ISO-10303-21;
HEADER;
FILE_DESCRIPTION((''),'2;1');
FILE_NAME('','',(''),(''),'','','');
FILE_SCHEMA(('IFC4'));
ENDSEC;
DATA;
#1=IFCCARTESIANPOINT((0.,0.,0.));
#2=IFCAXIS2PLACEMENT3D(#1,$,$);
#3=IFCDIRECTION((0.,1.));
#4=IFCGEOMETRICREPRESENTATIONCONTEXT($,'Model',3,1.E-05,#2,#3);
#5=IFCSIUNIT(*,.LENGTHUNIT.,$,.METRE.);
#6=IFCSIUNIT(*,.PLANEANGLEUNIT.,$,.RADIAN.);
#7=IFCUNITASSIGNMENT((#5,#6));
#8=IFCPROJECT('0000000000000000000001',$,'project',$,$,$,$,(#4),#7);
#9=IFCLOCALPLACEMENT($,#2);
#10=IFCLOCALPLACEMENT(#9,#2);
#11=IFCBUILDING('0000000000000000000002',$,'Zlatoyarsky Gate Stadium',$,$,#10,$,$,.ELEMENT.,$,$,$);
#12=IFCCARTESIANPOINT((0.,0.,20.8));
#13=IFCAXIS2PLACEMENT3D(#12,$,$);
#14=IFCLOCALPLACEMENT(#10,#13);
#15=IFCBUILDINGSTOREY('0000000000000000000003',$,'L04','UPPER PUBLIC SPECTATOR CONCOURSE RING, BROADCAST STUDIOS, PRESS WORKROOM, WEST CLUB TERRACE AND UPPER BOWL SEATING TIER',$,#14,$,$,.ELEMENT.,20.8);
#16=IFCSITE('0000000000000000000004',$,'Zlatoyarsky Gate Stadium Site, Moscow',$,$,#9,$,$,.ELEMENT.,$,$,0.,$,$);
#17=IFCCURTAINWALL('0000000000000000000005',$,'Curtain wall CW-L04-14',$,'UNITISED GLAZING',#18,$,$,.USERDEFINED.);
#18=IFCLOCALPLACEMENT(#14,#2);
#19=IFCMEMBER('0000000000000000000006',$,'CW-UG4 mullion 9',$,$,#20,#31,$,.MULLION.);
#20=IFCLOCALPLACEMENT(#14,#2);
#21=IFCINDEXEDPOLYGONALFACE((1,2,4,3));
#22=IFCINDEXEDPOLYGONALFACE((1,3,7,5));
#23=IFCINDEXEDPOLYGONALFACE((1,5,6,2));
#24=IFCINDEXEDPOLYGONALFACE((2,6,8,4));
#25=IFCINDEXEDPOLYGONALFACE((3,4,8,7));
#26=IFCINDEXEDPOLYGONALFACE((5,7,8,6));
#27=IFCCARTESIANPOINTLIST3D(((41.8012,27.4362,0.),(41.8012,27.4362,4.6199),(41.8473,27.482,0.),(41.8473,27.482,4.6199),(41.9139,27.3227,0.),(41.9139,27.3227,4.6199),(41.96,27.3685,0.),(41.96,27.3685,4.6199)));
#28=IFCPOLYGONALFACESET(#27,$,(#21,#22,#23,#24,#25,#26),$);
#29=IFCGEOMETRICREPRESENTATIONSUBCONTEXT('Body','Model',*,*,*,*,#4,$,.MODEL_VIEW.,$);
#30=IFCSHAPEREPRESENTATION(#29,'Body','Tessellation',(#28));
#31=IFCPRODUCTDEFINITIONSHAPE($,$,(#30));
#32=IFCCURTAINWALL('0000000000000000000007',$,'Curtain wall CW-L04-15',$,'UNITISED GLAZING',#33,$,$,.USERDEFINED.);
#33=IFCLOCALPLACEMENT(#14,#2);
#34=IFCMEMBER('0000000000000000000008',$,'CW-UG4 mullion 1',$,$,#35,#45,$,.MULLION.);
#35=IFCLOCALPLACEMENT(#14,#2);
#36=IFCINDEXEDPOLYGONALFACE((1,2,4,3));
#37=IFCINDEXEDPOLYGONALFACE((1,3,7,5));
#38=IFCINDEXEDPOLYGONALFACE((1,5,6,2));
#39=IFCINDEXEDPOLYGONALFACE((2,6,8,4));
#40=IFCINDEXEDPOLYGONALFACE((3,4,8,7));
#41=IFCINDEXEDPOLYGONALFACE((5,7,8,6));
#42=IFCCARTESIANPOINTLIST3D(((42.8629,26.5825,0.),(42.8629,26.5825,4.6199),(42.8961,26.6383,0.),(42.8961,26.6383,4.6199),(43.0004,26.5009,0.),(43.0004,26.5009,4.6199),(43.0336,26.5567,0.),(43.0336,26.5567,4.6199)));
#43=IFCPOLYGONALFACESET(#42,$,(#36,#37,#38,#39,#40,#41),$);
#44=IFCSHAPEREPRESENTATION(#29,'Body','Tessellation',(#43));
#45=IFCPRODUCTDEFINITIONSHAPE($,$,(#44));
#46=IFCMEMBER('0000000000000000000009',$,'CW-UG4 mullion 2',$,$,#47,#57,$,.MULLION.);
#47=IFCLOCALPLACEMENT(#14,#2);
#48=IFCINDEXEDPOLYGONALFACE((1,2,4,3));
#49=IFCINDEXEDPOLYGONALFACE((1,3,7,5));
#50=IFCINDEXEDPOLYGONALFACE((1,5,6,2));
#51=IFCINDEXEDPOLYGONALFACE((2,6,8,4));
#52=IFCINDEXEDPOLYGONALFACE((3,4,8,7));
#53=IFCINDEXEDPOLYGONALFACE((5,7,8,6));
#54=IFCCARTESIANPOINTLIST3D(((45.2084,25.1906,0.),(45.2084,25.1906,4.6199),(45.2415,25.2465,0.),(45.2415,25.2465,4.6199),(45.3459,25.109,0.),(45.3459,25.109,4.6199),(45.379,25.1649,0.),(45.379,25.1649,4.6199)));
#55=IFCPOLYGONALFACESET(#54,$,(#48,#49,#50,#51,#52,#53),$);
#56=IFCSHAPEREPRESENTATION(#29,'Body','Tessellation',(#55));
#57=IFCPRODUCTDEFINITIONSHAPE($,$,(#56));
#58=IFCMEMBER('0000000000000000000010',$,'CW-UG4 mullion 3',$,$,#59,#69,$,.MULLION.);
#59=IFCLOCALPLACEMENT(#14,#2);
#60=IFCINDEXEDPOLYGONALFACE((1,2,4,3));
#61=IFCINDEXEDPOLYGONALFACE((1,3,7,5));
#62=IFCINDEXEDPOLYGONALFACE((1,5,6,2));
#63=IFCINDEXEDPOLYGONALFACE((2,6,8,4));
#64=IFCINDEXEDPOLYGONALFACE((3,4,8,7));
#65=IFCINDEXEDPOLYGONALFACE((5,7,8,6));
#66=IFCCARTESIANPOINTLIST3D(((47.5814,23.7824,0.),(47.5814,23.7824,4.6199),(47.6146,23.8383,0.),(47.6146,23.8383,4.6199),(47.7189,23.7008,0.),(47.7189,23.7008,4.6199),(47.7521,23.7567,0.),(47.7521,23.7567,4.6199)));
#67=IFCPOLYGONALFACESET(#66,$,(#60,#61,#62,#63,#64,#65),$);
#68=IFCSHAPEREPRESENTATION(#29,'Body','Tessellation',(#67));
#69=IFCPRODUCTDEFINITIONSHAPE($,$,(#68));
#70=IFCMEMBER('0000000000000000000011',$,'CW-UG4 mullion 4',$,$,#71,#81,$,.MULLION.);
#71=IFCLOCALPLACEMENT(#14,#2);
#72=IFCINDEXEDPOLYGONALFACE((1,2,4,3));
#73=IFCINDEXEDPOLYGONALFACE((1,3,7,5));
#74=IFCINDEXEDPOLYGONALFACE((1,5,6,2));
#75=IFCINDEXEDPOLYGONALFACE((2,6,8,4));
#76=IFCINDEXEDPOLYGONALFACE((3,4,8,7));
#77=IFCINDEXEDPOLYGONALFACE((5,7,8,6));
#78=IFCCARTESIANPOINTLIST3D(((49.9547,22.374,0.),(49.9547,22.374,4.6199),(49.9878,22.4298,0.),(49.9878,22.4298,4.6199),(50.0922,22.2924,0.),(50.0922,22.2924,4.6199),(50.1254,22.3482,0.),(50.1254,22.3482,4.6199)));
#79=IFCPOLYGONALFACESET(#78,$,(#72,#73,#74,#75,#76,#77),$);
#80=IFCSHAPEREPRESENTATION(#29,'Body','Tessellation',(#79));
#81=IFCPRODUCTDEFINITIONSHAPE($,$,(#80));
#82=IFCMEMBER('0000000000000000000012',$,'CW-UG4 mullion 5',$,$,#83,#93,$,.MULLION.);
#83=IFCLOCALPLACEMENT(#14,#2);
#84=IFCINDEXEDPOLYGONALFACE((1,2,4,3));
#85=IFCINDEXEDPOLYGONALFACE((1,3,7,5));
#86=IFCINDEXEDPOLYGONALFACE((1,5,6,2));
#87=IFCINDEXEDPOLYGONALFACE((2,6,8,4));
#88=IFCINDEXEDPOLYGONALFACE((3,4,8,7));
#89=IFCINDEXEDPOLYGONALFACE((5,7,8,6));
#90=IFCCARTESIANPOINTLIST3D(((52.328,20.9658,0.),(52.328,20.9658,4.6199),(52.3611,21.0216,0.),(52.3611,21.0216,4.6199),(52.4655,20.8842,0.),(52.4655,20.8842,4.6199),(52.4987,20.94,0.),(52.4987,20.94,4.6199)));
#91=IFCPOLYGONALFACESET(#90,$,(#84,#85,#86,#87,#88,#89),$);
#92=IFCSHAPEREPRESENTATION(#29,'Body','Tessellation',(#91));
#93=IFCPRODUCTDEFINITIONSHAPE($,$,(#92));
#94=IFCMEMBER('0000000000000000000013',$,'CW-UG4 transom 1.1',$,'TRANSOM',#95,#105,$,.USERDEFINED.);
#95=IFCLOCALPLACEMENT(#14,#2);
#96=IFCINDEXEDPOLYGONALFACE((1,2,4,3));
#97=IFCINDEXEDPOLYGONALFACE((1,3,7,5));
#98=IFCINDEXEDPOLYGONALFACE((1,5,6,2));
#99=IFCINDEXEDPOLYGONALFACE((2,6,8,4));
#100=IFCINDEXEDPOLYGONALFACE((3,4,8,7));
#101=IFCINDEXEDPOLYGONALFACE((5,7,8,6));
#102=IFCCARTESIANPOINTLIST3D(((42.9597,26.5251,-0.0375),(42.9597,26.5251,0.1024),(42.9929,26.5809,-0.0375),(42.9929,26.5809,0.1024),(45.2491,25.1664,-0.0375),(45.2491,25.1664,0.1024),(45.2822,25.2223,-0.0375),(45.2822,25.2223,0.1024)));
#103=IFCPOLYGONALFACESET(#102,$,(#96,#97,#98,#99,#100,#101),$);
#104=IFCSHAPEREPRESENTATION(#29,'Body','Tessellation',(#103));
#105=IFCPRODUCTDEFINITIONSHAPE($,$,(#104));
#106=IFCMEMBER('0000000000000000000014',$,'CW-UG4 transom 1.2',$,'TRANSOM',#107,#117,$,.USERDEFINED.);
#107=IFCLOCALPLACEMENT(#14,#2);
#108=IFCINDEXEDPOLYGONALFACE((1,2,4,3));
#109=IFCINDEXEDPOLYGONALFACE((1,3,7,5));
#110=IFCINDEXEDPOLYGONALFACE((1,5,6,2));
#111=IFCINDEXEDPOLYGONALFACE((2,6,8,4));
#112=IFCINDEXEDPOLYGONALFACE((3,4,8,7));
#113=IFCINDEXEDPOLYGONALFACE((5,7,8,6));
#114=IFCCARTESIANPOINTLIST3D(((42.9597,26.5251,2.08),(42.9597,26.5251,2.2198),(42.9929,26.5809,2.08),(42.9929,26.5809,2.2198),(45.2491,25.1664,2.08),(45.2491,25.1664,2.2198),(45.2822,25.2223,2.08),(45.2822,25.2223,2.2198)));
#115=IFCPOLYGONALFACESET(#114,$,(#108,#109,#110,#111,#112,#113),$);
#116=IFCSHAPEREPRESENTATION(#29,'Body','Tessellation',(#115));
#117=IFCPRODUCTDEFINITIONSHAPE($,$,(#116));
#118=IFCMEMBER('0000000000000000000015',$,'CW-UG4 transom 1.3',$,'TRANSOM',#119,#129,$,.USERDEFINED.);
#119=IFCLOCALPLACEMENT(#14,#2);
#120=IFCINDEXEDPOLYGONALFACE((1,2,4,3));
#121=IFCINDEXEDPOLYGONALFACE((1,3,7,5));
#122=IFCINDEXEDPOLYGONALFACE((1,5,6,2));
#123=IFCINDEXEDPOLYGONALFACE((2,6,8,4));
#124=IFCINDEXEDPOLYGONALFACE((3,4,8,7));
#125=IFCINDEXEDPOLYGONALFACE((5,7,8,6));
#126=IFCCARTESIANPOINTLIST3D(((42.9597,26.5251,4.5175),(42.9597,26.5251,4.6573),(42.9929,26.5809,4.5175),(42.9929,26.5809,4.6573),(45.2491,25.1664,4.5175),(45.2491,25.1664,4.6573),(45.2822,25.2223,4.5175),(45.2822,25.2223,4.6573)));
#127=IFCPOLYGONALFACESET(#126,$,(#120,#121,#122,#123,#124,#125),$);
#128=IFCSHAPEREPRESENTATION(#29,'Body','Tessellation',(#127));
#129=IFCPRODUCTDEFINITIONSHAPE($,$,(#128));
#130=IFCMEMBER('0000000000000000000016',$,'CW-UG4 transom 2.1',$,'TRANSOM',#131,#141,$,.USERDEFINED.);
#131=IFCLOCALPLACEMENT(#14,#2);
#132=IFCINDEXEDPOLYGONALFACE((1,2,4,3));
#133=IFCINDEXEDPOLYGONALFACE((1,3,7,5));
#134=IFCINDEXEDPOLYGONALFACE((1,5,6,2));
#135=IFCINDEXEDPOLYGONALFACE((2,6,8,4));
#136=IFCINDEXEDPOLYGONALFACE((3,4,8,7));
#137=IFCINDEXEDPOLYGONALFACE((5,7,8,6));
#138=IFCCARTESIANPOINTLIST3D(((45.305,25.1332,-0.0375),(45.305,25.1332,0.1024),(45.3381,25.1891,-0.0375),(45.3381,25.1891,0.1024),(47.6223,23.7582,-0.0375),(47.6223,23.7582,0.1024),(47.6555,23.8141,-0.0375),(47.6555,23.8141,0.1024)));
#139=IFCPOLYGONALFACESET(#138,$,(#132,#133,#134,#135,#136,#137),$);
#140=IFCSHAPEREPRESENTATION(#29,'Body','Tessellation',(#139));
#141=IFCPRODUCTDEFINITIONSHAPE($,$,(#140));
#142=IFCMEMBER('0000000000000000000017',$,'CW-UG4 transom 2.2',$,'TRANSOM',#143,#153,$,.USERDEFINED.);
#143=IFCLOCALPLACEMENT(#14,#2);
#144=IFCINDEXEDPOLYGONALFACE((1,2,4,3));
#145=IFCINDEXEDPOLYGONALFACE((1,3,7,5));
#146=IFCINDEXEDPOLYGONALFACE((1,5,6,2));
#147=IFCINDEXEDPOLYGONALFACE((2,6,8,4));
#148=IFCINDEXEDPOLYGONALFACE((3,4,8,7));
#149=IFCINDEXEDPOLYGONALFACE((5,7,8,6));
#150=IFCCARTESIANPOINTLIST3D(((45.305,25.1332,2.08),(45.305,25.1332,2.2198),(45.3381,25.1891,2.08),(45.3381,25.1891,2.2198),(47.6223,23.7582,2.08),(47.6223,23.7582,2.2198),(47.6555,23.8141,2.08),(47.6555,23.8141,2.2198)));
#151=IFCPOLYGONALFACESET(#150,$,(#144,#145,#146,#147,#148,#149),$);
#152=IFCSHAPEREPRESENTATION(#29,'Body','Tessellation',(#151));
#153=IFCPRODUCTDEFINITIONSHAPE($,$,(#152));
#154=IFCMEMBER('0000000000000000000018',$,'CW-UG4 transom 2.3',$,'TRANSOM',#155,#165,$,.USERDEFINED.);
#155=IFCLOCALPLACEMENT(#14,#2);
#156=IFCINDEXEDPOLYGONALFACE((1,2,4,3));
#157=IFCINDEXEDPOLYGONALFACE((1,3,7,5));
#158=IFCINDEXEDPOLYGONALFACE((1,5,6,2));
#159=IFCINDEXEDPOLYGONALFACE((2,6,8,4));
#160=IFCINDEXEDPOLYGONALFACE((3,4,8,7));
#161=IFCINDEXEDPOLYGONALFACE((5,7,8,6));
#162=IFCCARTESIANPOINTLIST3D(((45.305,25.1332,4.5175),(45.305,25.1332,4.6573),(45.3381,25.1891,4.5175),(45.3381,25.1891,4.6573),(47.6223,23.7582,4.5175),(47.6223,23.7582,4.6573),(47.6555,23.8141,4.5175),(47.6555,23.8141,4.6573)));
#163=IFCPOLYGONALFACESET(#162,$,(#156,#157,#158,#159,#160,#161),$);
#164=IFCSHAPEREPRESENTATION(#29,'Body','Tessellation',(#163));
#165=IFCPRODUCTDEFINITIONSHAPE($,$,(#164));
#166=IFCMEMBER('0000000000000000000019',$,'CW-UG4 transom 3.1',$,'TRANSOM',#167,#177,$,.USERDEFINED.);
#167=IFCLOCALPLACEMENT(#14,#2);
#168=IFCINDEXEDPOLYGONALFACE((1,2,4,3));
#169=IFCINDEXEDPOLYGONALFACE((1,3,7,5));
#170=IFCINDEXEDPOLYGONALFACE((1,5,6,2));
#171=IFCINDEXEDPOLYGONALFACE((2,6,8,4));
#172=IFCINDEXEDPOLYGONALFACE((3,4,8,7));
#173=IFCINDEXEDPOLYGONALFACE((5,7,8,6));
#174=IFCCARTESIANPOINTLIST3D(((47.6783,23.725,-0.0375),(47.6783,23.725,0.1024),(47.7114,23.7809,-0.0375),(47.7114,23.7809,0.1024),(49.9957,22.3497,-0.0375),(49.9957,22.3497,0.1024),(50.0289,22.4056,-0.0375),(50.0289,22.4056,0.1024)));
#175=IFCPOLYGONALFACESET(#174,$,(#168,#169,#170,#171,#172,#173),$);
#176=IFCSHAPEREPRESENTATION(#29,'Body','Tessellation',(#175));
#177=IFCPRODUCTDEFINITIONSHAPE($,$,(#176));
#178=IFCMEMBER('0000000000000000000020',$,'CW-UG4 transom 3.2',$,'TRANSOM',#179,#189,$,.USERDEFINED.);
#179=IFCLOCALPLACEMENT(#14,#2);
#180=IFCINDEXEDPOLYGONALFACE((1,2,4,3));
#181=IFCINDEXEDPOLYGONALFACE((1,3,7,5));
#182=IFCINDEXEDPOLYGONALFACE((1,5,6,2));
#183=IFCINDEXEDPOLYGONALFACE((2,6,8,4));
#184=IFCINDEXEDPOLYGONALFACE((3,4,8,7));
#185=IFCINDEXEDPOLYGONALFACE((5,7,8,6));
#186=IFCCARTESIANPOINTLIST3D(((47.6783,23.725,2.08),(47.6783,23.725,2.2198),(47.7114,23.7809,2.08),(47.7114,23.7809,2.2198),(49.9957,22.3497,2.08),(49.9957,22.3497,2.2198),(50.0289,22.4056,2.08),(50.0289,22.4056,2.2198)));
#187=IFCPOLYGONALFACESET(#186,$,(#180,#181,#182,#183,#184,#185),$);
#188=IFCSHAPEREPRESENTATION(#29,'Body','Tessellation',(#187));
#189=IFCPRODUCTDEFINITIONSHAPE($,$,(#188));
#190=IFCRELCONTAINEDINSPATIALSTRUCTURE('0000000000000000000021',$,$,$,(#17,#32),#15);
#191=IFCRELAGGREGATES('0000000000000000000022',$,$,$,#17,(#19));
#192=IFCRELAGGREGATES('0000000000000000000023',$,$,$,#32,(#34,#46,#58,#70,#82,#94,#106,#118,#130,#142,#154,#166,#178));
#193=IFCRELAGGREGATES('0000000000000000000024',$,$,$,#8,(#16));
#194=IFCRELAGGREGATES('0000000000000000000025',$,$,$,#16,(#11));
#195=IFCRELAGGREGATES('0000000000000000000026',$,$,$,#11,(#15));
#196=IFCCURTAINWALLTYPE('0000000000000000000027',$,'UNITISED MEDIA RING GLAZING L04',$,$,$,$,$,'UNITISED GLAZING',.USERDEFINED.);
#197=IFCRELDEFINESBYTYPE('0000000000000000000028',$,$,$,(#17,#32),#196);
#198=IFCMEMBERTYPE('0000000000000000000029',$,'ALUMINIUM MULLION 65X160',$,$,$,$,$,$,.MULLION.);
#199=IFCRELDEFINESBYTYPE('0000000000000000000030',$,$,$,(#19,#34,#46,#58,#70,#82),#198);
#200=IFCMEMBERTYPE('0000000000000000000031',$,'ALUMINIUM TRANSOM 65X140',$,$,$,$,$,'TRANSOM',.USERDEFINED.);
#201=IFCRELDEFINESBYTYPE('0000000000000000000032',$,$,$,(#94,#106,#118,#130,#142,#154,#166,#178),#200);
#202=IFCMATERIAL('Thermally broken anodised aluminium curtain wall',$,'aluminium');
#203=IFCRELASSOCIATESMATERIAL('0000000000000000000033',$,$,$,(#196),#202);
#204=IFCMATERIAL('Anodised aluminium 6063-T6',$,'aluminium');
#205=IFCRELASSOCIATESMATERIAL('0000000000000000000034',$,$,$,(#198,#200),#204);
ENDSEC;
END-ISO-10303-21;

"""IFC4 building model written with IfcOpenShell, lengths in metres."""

from ifc_helpers import new_model, si_unit, direction, frame, origin, origin_2d, place, context, subcontext, project, spatial, rectangle, extrude, material, material_profile, profile_set, type_object, element, aggregate, save


model = new_model("IFC4")

# Units and contexts
model_context = context("Model", 3, precision=1e-05, world=origin(), true_north=direction((0.0, 1.0)))
body_context = subcontext(model_context, "Body", "Model", "MODEL_VIEW")
ifc_project = project(units=[si_unit("LENGTHUNIT", "METRE"), si_unit("PLANEANGLEUNIT", "RADIAN")], contexts=[model_context])

# Site, building, storey
site_placement = place(None, origin())
site = spatial("IfcSite", under=ifc_project, at=site_placement, Name="Zlatoyarsky Gate Stadium Site, Moscow", CompositionType="ELEMENT", RefElevation=0.0)
building_placement = place(site_placement, origin())
building = spatial("IfcBuilding", under=site, at=building_placement, Name="Zlatoyarsky Gate Stadium", CompositionType="ELEMENT")
storey_placement = place(building_placement, frame((0.0, 0.0, 20.8)))
storey = spatial("IfcBuildingStorey", under=building, at=storey_placement, Name="L04", Description="UPPER PUBLIC SPECTATOR CONCOURSE RING, BROADCAST STUDIOS, PRESS WORKROOM, WEST CLUB TERRACE AND UPPER BOWL SEATING TIER", CompositionType="ELEMENT", Elevation=20.8)

# Curtain wall, member
ifc_material_1 = material(Name="Thermally broken anodised aluminium curtain wall", Category="aluminium")
curtain_wall_type = type_object("IfcCurtainWallType", Name="UNITISED MEDIA RING GLAZING L04", ElementType="UNITISED GLAZING", PredefinedType="USERDEFINED", material=ifc_material_1)
curtain_wall_1_placement = place(storey_placement, origin())
curtain_wall_1 = element("IfcCurtainWall", 1, at=curtain_wall_1_placement, inside=storey, type_object=curtain_wall_type, Name="Curtain wall CW-L04-14", ObjectType="UNITISED GLAZING", PredefinedType="USERDEFINED")
ifc_material_2 = material(Name="Anodised aluminium 6063-T6", Category="aluminium")
ifc_material_profile_1 = material_profile(ifc_material_2, rectangle(XDim=0.0649, YDim=0.1599, at=origin_2d()), Name="ALU 65X160")
ifc_profile_set_1 = profile_set([ifc_material_profile_1], Name="Anodised aluminium 6063-T6")
member_type_1 = type_object("IfcMemberType", Name="ALUMINIUM MULLION 65X160", PredefinedType="MULLION", material=ifc_profile_set_1)
member_1_placement = place(storey_placement, frame((41.8806, 27.4023, 0.0), z_axis=(0.0, 0.0, 1.0), x_axis=(0.709871, 0.704332, 0.0)))
member_1 = element("IfcMember", 2, at=member_1_placement, type_object=member_type_1, Name="CW-UG4 mullion 9", PredefinedType="MULLION", context=body_context, shape_type="SweptSolid", body=[
    extrude(rectangle(XDim=0.0649, YDim=0.1599, at=origin_2d()), origin(), (0.0, 0.0, 1.0), 4.6199),
])
aggregate(curtain_wall_1, [member_1])

# Curtain wall, members
curtain_wall_2_placement = place(storey_placement, origin())
curtain_wall_2 = element("IfcCurtainWall", 3, at=curtain_wall_2_placement, inside=storey, type_object=curtain_wall_type, Name="Curtain wall CW-L04-15", ObjectType="UNITISED GLAZING", PredefinedType="USERDEFINED")
member_2_placement = place(storey_placement, frame((42.9482, 26.5696, 0.0), z_axis=(0.0, 0.0, 1.0), x_axis=(0.51033, 0.859978, 0.0)))
member_2 = element("IfcMember", 4, at=member_2_placement, type_object=member_type_1, Name="CW-UG4 mullion 1", PredefinedType="MULLION", context=body_context, shape_type="SweptSolid", body=[
    extrude(rectangle(XDim=0.0649, YDim=0.1599, at=origin_2d()), origin(), (0.0, 0.0, 1.0), 4.6199),
])
member_3_placement = place(storey_placement, frame((45.2937, 25.1777, 0.0), z_axis=(0.0, 0.0, 1.0), x_axis=(0.51033, 0.859978, 0.0)))
member_3 = element("IfcMember", 5, at=member_3_placement, type_object=member_type_1, Name="CW-UG4 mullion 2", PredefinedType="MULLION", context=body_context, shape_type="SweptSolid", body=[
    extrude(rectangle(XDim=0.0649, YDim=0.1599, at=origin_2d()), origin(), (0.0, 0.0, 1.0), 4.6199),
])
member_4_placement = place(storey_placement, frame((47.6667, 23.7695, 0.0), z_axis=(0.0, 0.0, 1.0), x_axis=(0.51033, 0.859978, 0.0)))
member_4 = element("IfcMember", 6, at=member_4_placement, type_object=member_type_1, Name="CW-UG4 mullion 3", PredefinedType="MULLION", context=body_context, shape_type="SweptSolid", body=[
    extrude(rectangle(XDim=0.0649, YDim=0.1599, at=origin_2d()), origin(), (0.0, 0.0, 1.0), 4.6199),
])
member_5_placement = place(storey_placement, frame((50.04, 22.3611, 0.0), z_axis=(0.0, 0.0, 1.0), x_axis=(0.51033, 0.859978, 0.0)))
member_5 = element("IfcMember", 7, at=member_5_placement, type_object=member_type_1, Name="CW-UG4 mullion 4", PredefinedType="MULLION", context=body_context, shape_type="SweptSolid", body=[
    extrude(rectangle(XDim=0.0649, YDim=0.1599, at=origin_2d()), origin(), (0.0, 0.0, 1.0), 4.6199),
])
member_6_placement = place(storey_placement, frame((52.4133, 20.9529, 0.0), z_axis=(0.0, 0.0, 1.0), x_axis=(0.51033, 0.859978, 0.0)))
member_6 = element("IfcMember", 8, at=member_6_placement, type_object=member_type_1, Name="CW-UG4 mullion 5", PredefinedType="MULLION", context=body_context, shape_type="SweptSolid", body=[
    extrude(rectangle(XDim=0.0649, YDim=0.1599, at=origin_2d()), origin(), (0.0, 0.0, 1.0), 4.6199),
])
ifc_material_profile_2 = material_profile(ifc_material_2, rectangle(XDim=0.0649, YDim=0.1399, at=origin_2d()), Name="ALU 65X140")
ifc_profile_set_2 = profile_set([ifc_material_profile_2], Name="Anodised aluminium 6063-T6")
member_type_2 = type_object("IfcMemberType", Name="ALUMINIUM TRANSOM 65X140", ElementType="TRANSOM", PredefinedType="USERDEFINED", material=ifc_profile_set_2)
member_7_placement = place(storey_placement, frame((42.9763, 26.553, 0.0325), z_axis=(0.859959, -0.510363, 0.0), x_axis=(0.510363, 0.859959, 0.0)))
member_7 = element("IfcMember", 9, at=member_7_placement, type_object=member_type_2, Name="CW-UG4 transom 1.1", ObjectType="TRANSOM", PredefinedType="USERDEFINED", context=body_context, shape_type="SweptSolid", body=[
    extrude(rectangle(XDim=0.0649, YDim=0.1399, at=origin_2d()), origin(), (0.0, 0.0, 1.0), 2.6621),
])
member_8_placement = place(storey_placement, frame((42.9763, 26.553, 2.1499), z_axis=(0.859959, -0.510363, 0.0), x_axis=(0.510363, 0.859959, 0.0)))
member_8 = element("IfcMember", 10, at=member_8_placement, type_object=member_type_2, Name="CW-UG4 transom 1.2", ObjectType="TRANSOM", PredefinedType="USERDEFINED", context=body_context, shape_type="SweptSolid", body=[
    extrude(rectangle(XDim=0.0649, YDim=0.1399, at=origin_2d()), origin(), (0.0, 0.0, 1.0), 2.6621),
])
member_9_placement = place(storey_placement, frame((42.9763, 26.553, 4.5874), z_axis=(0.859959, -0.510363, 0.0), x_axis=(0.510363, 0.859959, 0.0)))
member_9 = element("IfcMember", 11, at=member_9_placement, type_object=member_type_2, Name="CW-UG4 transom 1.3", ObjectType="TRANSOM", PredefinedType="USERDEFINED", context=body_context, shape_type="SweptSolid", body=[
    extrude(rectangle(XDim=0.0649, YDim=0.1399, at=origin_2d()), origin(), (0.0, 0.0, 1.0), 2.6621),
])
member_10_placement = place(storey_placement, frame((45.3215, 25.1611, 0.0325), z_axis=(0.860009, -0.510279, 0.0), x_axis=(0.510279, 0.860009, 0.0)))
member_10 = element("IfcMember", 12, at=member_10_placement, type_object=member_type_2, Name="CW-UG4 transom 2.1", ObjectType="TRANSOM", PredefinedType="USERDEFINED", context=body_context, shape_type="SweptSolid", body=[
    extrude(rectangle(XDim=0.0649, YDim=0.1399, at=origin_2d()), origin(), (0.0, 0.0, 1.0), 2.6946),
])
member_11_placement = place(storey_placement, frame((45.3215, 25.1611, 2.1499), z_axis=(0.860009, -0.510279, 0.0), x_axis=(0.510279, 0.860009, 0.0)))
member_11 = element("IfcMember", 13, at=member_11_placement, type_object=member_type_2, Name="CW-UG4 transom 2.2", ObjectType="TRANSOM", PredefinedType="USERDEFINED", context=body_context, shape_type="SweptSolid", body=[
    extrude(rectangle(XDim=0.0649, YDim=0.1399, at=origin_2d()), origin(), (0.0, 0.0, 1.0), 2.6946),
])
member_12_placement = place(storey_placement, frame((45.3215, 25.1611, 4.5874), z_axis=(0.860009, -0.510279, 0.0), x_axis=(0.510279, 0.860009, 0.0)))
member_12 = element("IfcMember", 14, at=member_12_placement, type_object=member_type_2, Name="CW-UG4 transom 2.3", ObjectType="TRANSOM", PredefinedType="USERDEFINED", context=body_context, shape_type="SweptSolid", body=[
    extrude(rectangle(XDim=0.0649, YDim=0.1399, at=origin_2d()), origin(), (0.0, 0.0, 1.0), 2.6946),
])
member_13_placement = place(storey_placement, frame((47.6948, 23.7529, 0.0325), z_axis=(0.859969, -0.510346, 0.0), x_axis=(0.510346, 0.859969, 0.0)))
member_13 = element("IfcMember", 15, at=member_13_placement, type_object=member_type_2, Name="CW-UG4 transom 3.1", ObjectType="TRANSOM", PredefinedType="USERDEFINED", context=body_context, shape_type="SweptSolid", body=[
    extrude(rectangle(XDim=0.0649, YDim=0.1399, at=origin_2d()), origin(), (0.0, 0.0, 1.0), 2.6948),
])
member_14_placement = place(storey_placement, frame((47.6948, 23.7529, 2.1499), z_axis=(0.859969, -0.510346, 0.0), x_axis=(0.510346, 0.859969, 0.0)))
member_14 = element("IfcMember", 16, at=member_14_placement, type_object=member_type_2, Name="CW-UG4 transom 3.2", ObjectType="TRANSOM", PredefinedType="USERDEFINED", context=body_context, shape_type="SweptSolid", body=[
    extrude(rectangle(XDim=0.0649, YDim=0.1399, at=origin_2d()), origin(), (0.0, 0.0, 1.0), 2.6948),
])

aggregate(curtain_wall_2, [member_2, member_3, member_4, member_5, member_6, member_7, member_8, member_9, member_10, member_11, member_12, member_13, member_14])

save(model, "model.ifc")
